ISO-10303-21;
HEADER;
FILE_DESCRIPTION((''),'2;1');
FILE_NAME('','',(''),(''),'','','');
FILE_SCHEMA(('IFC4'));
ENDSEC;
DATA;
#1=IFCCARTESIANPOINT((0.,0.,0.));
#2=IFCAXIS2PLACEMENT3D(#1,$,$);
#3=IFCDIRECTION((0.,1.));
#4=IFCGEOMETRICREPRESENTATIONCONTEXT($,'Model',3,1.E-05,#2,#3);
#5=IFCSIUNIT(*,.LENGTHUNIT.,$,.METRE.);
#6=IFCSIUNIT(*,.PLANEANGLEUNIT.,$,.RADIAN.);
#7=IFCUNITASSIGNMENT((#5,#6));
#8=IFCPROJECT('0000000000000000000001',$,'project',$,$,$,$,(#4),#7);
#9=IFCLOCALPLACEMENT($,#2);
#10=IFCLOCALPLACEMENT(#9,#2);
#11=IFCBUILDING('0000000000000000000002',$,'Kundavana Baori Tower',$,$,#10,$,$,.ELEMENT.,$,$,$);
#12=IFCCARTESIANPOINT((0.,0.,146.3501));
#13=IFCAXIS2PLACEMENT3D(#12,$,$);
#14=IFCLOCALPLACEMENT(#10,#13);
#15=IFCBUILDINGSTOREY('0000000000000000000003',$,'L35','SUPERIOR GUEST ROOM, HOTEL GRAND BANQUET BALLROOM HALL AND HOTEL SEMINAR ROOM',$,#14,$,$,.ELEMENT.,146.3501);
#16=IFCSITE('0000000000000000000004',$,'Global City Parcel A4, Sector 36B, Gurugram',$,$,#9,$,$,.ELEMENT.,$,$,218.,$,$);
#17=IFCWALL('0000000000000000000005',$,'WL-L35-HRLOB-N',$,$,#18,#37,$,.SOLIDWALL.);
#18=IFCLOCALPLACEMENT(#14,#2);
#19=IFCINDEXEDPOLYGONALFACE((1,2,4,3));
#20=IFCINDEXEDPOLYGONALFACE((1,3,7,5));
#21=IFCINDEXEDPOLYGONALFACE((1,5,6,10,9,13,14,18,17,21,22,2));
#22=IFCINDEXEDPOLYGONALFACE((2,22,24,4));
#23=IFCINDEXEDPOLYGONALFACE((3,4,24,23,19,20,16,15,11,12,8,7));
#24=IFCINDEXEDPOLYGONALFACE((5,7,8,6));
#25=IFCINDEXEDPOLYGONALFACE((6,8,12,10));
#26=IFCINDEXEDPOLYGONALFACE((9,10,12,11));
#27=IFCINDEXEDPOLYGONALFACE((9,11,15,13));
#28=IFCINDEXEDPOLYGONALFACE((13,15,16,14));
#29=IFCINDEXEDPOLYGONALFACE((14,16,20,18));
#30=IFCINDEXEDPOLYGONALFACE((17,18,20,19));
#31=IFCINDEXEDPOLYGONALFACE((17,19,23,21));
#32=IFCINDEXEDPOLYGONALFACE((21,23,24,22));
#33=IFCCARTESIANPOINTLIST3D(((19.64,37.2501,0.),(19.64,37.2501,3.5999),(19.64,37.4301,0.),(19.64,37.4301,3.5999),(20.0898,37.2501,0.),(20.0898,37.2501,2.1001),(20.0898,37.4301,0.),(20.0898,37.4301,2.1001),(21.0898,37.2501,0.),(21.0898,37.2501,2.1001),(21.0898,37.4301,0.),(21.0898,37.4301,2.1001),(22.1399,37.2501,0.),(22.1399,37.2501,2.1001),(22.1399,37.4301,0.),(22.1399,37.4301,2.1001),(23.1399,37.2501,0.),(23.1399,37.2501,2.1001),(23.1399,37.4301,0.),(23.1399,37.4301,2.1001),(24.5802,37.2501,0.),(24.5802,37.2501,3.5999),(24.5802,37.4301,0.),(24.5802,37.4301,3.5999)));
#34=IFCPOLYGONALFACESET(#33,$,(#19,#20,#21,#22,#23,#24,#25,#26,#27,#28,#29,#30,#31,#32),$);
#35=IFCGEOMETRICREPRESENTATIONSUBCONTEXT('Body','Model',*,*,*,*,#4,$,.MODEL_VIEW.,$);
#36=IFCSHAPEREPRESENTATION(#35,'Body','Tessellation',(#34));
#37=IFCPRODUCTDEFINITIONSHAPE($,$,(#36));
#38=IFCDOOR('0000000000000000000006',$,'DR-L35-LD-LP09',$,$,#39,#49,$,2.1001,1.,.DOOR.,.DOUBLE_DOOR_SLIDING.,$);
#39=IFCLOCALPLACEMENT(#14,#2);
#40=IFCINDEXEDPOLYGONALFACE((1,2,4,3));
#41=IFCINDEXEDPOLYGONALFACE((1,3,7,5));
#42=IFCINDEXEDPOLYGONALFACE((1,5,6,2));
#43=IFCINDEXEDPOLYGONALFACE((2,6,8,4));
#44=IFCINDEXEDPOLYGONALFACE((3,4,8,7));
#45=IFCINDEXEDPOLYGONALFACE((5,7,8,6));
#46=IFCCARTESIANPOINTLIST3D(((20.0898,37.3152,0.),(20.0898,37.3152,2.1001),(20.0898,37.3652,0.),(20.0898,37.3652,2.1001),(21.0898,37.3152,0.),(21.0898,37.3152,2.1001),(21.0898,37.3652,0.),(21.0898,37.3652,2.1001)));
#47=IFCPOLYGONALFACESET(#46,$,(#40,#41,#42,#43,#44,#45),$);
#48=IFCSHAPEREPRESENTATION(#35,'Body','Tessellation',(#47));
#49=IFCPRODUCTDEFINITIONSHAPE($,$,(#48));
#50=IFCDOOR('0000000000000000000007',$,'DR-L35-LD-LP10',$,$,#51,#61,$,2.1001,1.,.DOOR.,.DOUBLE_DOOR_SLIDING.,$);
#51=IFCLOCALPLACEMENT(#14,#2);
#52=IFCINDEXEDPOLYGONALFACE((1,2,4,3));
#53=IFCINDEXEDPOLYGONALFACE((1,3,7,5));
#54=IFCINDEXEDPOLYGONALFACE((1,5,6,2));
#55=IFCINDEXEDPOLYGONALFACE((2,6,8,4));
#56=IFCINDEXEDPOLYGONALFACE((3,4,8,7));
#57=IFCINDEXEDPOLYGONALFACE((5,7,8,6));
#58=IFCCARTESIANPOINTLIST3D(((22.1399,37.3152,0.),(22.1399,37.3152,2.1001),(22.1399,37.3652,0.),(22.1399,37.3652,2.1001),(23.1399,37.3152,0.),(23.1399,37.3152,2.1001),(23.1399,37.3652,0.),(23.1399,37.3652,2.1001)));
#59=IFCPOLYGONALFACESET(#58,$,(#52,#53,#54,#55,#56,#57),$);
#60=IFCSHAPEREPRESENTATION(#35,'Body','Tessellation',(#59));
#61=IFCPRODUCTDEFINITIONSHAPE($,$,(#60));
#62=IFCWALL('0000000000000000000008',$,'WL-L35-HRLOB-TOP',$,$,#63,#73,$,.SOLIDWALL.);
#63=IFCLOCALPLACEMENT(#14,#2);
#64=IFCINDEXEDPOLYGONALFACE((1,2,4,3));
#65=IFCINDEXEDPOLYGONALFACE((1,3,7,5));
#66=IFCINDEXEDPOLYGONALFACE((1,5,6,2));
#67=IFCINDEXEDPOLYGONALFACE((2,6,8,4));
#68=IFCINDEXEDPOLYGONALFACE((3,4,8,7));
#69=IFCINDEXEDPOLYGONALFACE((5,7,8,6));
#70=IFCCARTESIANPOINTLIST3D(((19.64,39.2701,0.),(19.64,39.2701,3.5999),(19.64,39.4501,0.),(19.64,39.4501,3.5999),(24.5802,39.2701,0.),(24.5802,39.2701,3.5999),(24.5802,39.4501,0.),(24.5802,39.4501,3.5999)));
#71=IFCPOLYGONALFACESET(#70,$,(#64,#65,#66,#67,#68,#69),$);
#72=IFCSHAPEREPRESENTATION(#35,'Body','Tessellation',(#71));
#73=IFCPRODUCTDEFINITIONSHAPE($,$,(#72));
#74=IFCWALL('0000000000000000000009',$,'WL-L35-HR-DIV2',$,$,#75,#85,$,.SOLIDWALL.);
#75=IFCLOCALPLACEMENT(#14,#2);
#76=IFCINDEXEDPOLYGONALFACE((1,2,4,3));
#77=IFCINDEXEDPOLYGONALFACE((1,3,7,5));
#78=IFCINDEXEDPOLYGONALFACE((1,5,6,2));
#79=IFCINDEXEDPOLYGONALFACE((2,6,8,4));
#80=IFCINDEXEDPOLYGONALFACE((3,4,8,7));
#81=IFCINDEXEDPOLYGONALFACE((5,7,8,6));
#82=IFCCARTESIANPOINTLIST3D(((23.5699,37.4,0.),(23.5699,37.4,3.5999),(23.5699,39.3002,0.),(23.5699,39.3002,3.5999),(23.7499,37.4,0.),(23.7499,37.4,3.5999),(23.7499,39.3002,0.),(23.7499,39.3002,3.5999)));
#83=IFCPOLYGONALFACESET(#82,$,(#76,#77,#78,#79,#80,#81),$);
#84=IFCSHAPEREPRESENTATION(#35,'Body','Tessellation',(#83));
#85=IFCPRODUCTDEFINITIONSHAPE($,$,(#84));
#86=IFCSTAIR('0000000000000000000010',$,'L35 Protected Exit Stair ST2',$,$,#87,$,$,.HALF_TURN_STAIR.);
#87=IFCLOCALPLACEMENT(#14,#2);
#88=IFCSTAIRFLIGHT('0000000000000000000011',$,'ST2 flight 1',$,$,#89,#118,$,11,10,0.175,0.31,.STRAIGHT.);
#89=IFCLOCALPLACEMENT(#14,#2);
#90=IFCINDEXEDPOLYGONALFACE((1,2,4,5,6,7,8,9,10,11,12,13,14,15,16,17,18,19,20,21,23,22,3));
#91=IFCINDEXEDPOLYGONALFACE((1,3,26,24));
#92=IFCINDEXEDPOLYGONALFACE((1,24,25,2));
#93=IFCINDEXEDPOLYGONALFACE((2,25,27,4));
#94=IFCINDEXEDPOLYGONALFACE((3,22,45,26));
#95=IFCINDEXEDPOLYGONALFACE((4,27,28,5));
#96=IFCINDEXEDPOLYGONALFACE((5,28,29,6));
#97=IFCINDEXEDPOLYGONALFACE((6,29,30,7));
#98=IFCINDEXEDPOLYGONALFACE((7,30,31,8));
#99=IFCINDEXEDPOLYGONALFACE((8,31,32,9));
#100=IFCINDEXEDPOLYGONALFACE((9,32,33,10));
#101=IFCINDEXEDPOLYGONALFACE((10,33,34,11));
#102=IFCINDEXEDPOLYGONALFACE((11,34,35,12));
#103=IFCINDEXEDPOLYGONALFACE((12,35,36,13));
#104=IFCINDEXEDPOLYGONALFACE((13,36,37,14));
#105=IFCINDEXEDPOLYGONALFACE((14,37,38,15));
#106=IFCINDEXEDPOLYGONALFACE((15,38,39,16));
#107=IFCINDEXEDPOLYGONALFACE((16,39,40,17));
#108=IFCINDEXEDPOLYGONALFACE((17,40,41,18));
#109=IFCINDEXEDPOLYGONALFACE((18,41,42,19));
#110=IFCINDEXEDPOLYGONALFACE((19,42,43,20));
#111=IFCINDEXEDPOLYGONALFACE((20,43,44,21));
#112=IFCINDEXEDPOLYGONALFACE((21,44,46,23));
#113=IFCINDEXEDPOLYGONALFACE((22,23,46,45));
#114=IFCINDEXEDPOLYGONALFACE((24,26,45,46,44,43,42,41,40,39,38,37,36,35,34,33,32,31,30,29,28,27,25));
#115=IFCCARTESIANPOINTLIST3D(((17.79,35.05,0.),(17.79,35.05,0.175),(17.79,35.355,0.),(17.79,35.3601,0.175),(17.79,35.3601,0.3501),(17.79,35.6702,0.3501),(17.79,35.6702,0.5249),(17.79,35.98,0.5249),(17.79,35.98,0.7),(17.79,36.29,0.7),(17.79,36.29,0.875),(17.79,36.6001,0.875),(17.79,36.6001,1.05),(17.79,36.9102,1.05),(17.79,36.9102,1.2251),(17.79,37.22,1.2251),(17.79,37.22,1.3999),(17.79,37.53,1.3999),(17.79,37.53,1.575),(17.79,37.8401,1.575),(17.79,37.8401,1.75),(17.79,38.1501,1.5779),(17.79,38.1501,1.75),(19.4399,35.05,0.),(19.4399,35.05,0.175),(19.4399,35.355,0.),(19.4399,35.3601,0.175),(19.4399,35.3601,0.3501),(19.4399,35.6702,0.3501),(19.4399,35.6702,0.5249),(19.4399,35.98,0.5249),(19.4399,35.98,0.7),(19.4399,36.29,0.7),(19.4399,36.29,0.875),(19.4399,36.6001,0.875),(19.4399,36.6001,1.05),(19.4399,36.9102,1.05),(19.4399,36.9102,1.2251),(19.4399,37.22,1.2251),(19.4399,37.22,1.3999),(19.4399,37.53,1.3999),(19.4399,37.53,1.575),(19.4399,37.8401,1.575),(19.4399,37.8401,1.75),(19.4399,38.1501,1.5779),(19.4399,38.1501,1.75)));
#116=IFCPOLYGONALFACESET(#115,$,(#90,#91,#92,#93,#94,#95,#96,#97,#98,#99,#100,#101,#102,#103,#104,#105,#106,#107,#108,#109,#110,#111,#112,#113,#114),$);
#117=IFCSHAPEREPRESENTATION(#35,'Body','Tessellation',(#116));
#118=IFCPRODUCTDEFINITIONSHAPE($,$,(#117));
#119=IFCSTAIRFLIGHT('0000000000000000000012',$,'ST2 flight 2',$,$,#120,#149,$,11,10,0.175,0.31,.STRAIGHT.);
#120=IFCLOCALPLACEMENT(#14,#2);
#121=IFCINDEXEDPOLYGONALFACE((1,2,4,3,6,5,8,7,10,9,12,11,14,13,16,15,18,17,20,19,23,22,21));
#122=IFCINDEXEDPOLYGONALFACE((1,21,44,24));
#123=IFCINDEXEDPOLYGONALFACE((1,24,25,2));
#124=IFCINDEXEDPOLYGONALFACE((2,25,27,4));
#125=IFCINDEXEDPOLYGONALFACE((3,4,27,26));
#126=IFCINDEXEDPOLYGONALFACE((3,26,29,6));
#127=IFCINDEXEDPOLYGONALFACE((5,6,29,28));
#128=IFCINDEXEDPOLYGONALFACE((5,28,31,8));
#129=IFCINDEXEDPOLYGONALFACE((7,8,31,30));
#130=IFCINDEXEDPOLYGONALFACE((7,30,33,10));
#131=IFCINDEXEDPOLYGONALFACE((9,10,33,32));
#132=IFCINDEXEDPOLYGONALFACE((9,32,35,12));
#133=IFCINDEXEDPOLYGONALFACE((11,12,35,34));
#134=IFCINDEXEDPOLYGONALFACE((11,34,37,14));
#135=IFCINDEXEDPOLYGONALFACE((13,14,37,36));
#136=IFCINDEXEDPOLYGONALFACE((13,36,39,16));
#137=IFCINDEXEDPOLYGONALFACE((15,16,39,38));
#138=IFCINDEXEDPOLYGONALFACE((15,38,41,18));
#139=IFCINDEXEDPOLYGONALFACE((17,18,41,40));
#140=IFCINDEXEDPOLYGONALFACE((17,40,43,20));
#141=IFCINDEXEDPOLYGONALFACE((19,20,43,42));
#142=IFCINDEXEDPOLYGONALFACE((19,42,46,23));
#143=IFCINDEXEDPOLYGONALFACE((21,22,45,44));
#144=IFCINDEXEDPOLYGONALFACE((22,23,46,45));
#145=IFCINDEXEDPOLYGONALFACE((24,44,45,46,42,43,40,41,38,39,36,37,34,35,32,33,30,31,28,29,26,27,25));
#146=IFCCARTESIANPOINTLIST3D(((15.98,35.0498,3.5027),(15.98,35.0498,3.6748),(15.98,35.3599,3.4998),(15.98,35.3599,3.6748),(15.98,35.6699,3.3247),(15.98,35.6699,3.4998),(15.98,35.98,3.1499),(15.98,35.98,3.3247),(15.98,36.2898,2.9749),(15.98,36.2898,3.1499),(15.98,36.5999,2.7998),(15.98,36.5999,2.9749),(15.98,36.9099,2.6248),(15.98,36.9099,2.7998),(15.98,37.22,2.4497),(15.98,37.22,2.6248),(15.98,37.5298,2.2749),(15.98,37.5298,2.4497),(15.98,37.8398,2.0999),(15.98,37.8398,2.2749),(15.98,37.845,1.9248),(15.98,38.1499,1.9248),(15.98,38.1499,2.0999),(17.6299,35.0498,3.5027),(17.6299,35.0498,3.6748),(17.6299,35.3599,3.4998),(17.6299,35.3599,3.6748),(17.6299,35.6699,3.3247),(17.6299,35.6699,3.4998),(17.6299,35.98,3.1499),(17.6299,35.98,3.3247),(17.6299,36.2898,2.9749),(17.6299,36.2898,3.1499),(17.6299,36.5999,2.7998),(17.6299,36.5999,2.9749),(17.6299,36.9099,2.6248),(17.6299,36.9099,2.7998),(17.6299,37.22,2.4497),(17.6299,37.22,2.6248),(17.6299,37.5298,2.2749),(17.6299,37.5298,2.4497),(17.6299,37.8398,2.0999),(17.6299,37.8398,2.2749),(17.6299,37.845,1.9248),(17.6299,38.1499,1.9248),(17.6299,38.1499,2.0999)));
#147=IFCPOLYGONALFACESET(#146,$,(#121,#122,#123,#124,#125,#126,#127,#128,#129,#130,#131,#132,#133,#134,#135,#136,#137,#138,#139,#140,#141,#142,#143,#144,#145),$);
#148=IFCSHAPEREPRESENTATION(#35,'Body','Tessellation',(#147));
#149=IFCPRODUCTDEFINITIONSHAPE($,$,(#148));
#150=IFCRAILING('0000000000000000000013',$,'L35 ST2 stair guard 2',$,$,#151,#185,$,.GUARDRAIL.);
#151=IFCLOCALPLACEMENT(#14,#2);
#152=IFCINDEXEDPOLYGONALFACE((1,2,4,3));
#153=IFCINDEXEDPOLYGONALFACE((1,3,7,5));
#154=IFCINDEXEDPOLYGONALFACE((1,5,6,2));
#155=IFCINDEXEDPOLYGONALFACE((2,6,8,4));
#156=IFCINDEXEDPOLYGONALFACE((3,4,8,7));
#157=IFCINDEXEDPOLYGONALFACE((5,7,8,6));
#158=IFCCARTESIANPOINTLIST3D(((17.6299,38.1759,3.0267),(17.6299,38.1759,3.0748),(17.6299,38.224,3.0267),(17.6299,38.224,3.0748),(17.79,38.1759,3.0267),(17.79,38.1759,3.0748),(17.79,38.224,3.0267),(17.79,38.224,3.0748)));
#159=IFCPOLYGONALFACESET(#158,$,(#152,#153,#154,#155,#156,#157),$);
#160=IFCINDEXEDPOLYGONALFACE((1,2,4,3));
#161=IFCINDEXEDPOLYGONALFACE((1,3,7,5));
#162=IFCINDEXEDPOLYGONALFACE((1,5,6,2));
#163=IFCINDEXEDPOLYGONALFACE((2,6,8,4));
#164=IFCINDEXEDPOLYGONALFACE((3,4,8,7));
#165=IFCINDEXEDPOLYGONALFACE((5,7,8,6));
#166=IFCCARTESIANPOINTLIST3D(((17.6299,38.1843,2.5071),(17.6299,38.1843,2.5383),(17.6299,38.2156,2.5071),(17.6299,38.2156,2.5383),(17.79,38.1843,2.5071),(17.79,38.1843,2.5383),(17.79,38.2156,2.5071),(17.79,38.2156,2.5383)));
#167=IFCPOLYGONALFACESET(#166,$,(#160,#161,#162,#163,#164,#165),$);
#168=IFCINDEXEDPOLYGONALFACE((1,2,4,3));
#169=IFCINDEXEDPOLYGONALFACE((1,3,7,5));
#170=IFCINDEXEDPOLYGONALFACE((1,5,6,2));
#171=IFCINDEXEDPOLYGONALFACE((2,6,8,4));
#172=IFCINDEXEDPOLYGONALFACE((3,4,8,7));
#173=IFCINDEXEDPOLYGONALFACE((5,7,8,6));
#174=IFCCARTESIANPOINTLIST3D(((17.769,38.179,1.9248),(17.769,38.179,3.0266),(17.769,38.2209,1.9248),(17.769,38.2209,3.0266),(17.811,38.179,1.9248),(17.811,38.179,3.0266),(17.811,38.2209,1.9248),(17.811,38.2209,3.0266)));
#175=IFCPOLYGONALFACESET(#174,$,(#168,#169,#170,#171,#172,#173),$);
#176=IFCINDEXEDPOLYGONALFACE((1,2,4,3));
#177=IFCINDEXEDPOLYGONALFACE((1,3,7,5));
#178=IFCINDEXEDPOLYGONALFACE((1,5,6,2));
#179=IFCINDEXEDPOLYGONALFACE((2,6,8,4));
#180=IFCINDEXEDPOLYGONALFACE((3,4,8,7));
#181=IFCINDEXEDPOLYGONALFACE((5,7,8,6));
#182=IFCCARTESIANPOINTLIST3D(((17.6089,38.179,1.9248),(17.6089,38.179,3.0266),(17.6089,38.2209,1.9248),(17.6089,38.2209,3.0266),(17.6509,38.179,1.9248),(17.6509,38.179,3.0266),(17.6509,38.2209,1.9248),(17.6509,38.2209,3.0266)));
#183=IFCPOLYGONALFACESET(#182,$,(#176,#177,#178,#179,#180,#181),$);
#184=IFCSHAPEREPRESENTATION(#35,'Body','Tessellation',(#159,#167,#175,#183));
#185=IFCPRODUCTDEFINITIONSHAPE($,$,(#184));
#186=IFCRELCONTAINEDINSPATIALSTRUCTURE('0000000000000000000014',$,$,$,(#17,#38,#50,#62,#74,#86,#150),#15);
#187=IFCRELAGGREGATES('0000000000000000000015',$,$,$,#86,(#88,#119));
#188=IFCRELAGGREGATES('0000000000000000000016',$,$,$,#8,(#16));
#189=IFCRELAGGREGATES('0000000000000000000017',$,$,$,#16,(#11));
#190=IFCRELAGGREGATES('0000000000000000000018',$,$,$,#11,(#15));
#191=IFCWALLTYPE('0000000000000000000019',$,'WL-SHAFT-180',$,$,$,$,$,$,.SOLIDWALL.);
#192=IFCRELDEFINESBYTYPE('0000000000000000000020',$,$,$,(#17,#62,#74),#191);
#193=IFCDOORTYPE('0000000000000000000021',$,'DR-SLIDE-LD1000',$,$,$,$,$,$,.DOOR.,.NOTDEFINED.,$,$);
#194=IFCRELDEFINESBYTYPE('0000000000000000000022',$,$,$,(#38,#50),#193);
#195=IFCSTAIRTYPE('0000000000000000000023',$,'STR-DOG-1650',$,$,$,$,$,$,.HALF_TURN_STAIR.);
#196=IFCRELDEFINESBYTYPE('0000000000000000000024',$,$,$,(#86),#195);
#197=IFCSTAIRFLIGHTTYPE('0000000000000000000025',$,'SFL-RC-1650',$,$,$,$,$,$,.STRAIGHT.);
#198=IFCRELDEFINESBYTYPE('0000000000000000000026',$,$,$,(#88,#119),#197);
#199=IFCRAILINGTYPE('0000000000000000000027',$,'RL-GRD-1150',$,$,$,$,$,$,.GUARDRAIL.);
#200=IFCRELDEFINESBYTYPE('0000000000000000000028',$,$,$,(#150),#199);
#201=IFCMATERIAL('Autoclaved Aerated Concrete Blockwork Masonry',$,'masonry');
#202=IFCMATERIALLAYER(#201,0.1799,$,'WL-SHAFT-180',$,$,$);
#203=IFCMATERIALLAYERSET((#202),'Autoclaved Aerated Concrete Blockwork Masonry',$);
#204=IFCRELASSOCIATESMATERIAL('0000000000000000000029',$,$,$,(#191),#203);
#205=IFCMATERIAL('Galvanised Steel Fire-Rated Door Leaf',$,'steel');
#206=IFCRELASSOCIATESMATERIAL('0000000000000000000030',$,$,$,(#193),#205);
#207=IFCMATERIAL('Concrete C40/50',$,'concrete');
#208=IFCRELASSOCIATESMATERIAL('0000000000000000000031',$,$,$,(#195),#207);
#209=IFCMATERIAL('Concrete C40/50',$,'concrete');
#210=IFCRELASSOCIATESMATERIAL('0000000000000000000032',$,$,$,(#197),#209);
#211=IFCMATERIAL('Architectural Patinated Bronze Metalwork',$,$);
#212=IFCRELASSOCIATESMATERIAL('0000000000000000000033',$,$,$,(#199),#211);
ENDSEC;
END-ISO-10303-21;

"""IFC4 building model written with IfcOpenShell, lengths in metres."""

from ifc_helpers import new_model, si_unit, direction, frame, frame_2d, origin, origin_2d, place, context, subcontext, project, spatial, polyline, rectangle, outline, extrude, material, layer, layer_set, type_object, element, fill, aggregate, save


model = new_model("IFC4")

# Units and contexts
model_context = context("Model", 3, precision=1e-05, world=origin(), true_north=direction((0.0, 1.0)))
body_context = subcontext(model_context, "Body", "Model", "MODEL_VIEW")
ifc_project = project(units=[si_unit("LENGTHUNIT", "METRE"), si_unit("PLANEANGLEUNIT", "RADIAN")], contexts=[model_context])

# Site, building, storey
site_placement = place(None, origin())
site = spatial("IfcSite", under=ifc_project, at=site_placement, Name="Global City Parcel A4, Sector 36B, Gurugram", CompositionType="ELEMENT", RefElevation=218.0)
building_placement = place(site_placement, origin())
building = spatial("IfcBuilding", under=site, at=building_placement, Name="Kundavana Baori Tower", CompositionType="ELEMENT")
storey_placement = place(building_placement, frame((0.0, 0.0, 146.3501)))
storey = spatial("IfcBuildingStorey", under=building, at=storey_placement, Name="L35", Description="SUPERIOR GUEST ROOM, HOTEL GRAND BANQUET BALLROOM HALL AND HOTEL SEMINAR ROOM", CompositionType="ELEMENT", Elevation=146.3501)

# Shared definitions
ifc_material_1 = material(Name="Autoclaved Aerated Concrete Blockwork Masonry", Category="masonry")
ifc_layer_1 = layer(ifc_material_1, 0.1799, Name="WL-SHAFT-180")
ifc_layer_set_1 = layer_set([ifc_layer_1], Name="Autoclaved Aerated Concrete Blockwork Masonry")
wall_type_1 = type_object("IfcWallType", Name="WL-SHAFT-180", PredefinedType="SOLIDWALL", material=ifc_layer_set_1)
ifc_material_2 = material(Name="Galvanised Steel Fire-Rated Door Leaf", Category="steel")
door_type_1 = type_object("IfcDoorType", Name="DR-SLIDE-LD1000", OperationType="NOTDEFINED", PredefinedType="DOOR", material=ifc_material_2)

# Wall, openings, doors
wall_1_placement = place(storey_placement, frame((19.6399, 37.3401, 0.0), z_axis=(0.0, 0.0, 1.0), x_axis=(1.0, 0.0, 0.0)))
wall_1 = element("IfcWall", 1, at=wall_1_placement, inside=storey, type_object=wall_type_1, Name="WL-L35-HRLOB-N", PredefinedType="SOLIDWALL", context=body_context, shape_type="SweptSolid", body=[
    extrude(rectangle(XDim=4.9402, YDim=0.1799, at=frame_2d((2.4702, 0.0))), origin(), (0.0, 0.0, 1.0), 3.5999),
])
opening_1_placement = place(wall_1_placement, frame((0.45, 0.0, 0.0)))
opening_1 = element("IfcOpeningElement", 2, at=opening_1_placement, cuts=wall_1, PredefinedType="OPENING", context=body_context, shape_type="SweptSolid", body=[
    extrude(rectangle(XDim=1.0, YDim=2.1001, at=frame_2d((0.5, 1.05))), frame((0.0, 0.1001, 0.0), z_axis=(0.0, -1.0, 0.0), x_axis=(1.0, 0.0, 0.0)), (0.0, 0.0, 1.0), 0.2),
])
opening_2_placement = place(wall_1_placement, frame((2.5, 0.0, 0.0)))
opening_2 = element("IfcOpeningElement", 3, at=opening_2_placement, cuts=wall_1, PredefinedType="OPENING", context=body_context, shape_type="SweptSolid", body=[
    extrude(rectangle(XDim=1.0, YDim=2.1001, at=frame_2d((0.5, 1.05))), frame((0.0, 0.1001, 0.0), z_axis=(0.0, -1.0, 0.0), x_axis=(1.0, 0.0, 0.0)), (0.0, 0.0, 1.0), 0.2),
])
door_1_placement = place(opening_1_placement, frame((1.0, 0.0, 0.0), z_axis=(0.0, 0.0, 1.0), x_axis=(-1.0, 0.0, 0.0)))
door_1 = element("IfcDoor", 4, at=door_1_placement, inside=storey, type_object=door_type_1, Name="DR-L35-LD-LP09", OperationType="DOUBLE_DOOR_SLIDING", OverallHeight=2.1001, OverallWidth=1.0, PredefinedType="DOOR", context=body_context, shape_type="SweptSolid", body=[
    extrude(rectangle(XDim=1.0, YDim=2.1001, at=frame_2d((0.5, 1.05))), frame((0.0, 0.0249, 0.0), z_axis=(0.0, -1.0, 0.0), x_axis=(1.0, 0.0, 0.0)), (0.0, 0.0, 1.0), 0.05),
])
fill(opening_1, door_1)
door_2_placement = place(opening_2_placement, frame((1.0, 0.0, 0.0), z_axis=(0.0, 0.0, 1.0), x_axis=(-1.0, 0.0, 0.0)))
door_2 = element("IfcDoor", 5, at=door_2_placement, inside=storey, type_object=door_type_1, Name="DR-L35-LD-LP10", OperationType="DOUBLE_DOOR_SLIDING", OverallHeight=2.1001, OverallWidth=1.0, PredefinedType="DOOR", context=body_context, shape_type="SweptSolid", body=[
    extrude(rectangle(XDim=1.0, YDim=2.1001, at=frame_2d((0.5, 1.05))), frame((0.0, 0.0249, 0.0), z_axis=(0.0, -1.0, 0.0), x_axis=(1.0, 0.0, 0.0)), (0.0, 0.0, 1.0), 0.05),
])
fill(opening_2, door_2)

# Walls
wall_2_placement = place(storey_placement, frame((19.6399, 39.3601, 0.0), z_axis=(0.0, 0.0, 1.0), x_axis=(1.0, 0.0, 0.0)))
element("IfcWall", 6, at=wall_2_placement, inside=storey, type_object=wall_type_1, Name="WL-L35-HRLOB-TOP", PredefinedType="SOLIDWALL", context=body_context, shape_type="SweptSolid", body=[
    extrude(rectangle(XDim=4.9402, YDim=0.1799, at=frame_2d((2.4702, 0.0))), origin(), (0.0, 0.0, 1.0), 3.5999),
])
wall_3_placement = place(storey_placement, frame((23.6599, 37.3999, 0.0), z_axis=(0.0, 0.0, 1.0), x_axis=(0.0, 1.0, 0.0)))
element("IfcWall", 7, at=wall_3_placement, inside=storey, type_object=wall_type_1, Name="WL-L35-HR-DIV2", PredefinedType="SOLIDWALL", context=body_context, shape_type="SweptSolid", body=[
    extrude(rectangle(XDim=1.9001, YDim=0.1799, at=frame_2d((0.9502, 0.0))), origin(), (0.0, 0.0, 1.0), 3.5999),
])

# Stair, stair flights
ifc_material_3 = material(Name="Concrete C40/50", Category="concrete")
stair_type = type_object("IfcStairType", Name="STR-DOG-1650", PredefinedType="HALF_TURN_STAIR", material=ifc_material_3)
stair_placement = place(storey_placement, origin())
stair = element("IfcStair", 8, at=stair_placement, inside=storey, type_object=stair_type, Name="L35 Protected Exit Stair ST2", PredefinedType="HALF_TURN_STAIR")
ifc_material_4 = material(Name="Concrete C40/50", Category="concrete")
stair_flight_type = type_object("IfcStairFlightType", Name="SFL-RC-1650", PredefinedType="STRAIGHT", material=ifc_material_4)
stair_flight_1_placement = place(storey_placement, frame((18.615, 35.05, 0.0), z_axis=(0.0, 0.0, 1.0), x_axis=(0.0, 1.0, 0.0)))
stair_flight_1 = element("IfcStairFlight", 9, at=stair_flight_1_placement, type_object=stair_flight_type, Name="ST2 flight 1", NumberOfRisers=11, NumberOfTreads=10, PredefinedType="STRAIGHT", RiserHeight=0.175, TreadLength=0.31, context=body_context, shape_type="SweptSolid", body=[
    extrude(outline(polyline([(0.0, 0.0), (0.0, 0.175), (0.3101, 0.175), (0.3101, 0.3501), (0.6201, 0.3501), (0.6201, 0.5249), (0.9299, 0.5249), (0.9299, 0.7), (1.24, 0.7), (1.24, 0.875), (1.55, 0.875), (1.55, 1.05), (1.8601, 1.05), (1.8601, 1.2251), (2.1699, 1.2251), (2.1699, 1.3999), (2.48, 1.3999), (2.48, 1.575), (2.79, 1.575), (2.79, 1.75), (3.1001, 1.75), (3.1001, 1.925), (3.1001, 1.5779), (0.3049, 0.0), (0.0, 0.0)])), frame((0.0, 0.825, 0.0), z_axis=(0.0, -1.0, 0.0), x_axis=(1.0, 0.0, 0.0)), (0.0, 0.0, 1.0), 1.6499),
])
stair_flight_2_placement = place(storey_placement, frame((16.8049, 38.1499, 1.9248), z_axis=(0.0, 0.0, 1.0), x_axis=(0.0, -1.0, 0.0)))
stair_flight_2 = element("IfcStairFlight", 10, at=stair_flight_2_placement, type_object=stair_flight_type, Name="ST2 flight 2", NumberOfRisers=11, NumberOfTreads=10, PredefinedType="STRAIGHT", RiserHeight=0.175, TreadLength=0.31, context=body_context, shape_type="SweptSolid", body=[
    extrude(outline(polyline([(0.0, 0.0), (0.0, 0.175), (0.3101, 0.175), (0.3101, 0.3501), (0.6201, 0.3501), (0.6201, 0.5249), (0.9299, 0.5249), (0.9299, 0.7), (1.24, 0.7), (1.24, 0.875), (1.55, 0.875), (1.55, 1.05), (1.8601, 1.05), (1.8601, 1.2251), (2.1699, 1.2251), (2.1699, 1.3999), (2.48, 1.3999), (2.48, 1.575), (2.79, 1.575), (2.79, 1.75), (3.1001, 1.75), (3.1001, 1.925), (3.1001, 1.5779), (0.3049, 0.0), (0.0, 0.0)])), frame((0.0, 0.825, 0.0), z_axis=(0.0, -1.0, 0.0), x_axis=(1.0, 0.0, 0.0)), (0.0, 0.0, 1.0), 1.6499),
])
aggregate(stair, [stair_flight_1, stair_flight_2])

# Railing
ifc_material_5 = material(Name="Architectural Patinated Bronze Metalwork")
railing_type_1 = type_object("IfcRailingType", Name="RL-GRD-1150", PredefinedType="GUARDRAIL", material=ifc_material_5)
railing_1_placement = place(storey_placement, frame((17.79, 38.2, 1.9248)))
element("IfcRailing", 11, at=railing_1_placement, inside=storey, type_object=railing_type_1, Name="L35 ST2 stair guard 2", PredefinedType="GUARDRAIL", context=body_context, shape_type="SweptSolid", body=[
    extrude(rectangle(XDim=0.0481, YDim=0.0481, at=origin_2d()), frame((0.0, 0.0, 1.126), z_axis=(-1.0, 0.0, 0.0), x_axis=(0.0, -1.0, 0.0)), (0.0, 0.0, 1.0), 0.1602),
    extrude(rectangle(XDim=0.0312, YDim=0.0312, at=origin_2d()), frame((0.0, 0.0, 0.5979), z_axis=(-1.0, 0.0, 0.0), x_axis=(0.0, -1.0, 0.0)), (0.0, 0.0, 1.0), 0.1602),
    extrude(rectangle(XDim=0.042, YDim=0.042, at=origin_2d()), origin(), (0.0, 0.0, 1.0), 1.1018),
    extrude(rectangle(XDim=0.042, YDim=0.042, at=origin_2d()), frame((-0.1602, 0.0, 0.0)), (0.0, 0.0, 1.0), 1.1018),
])

save(model, "model.ifc")
